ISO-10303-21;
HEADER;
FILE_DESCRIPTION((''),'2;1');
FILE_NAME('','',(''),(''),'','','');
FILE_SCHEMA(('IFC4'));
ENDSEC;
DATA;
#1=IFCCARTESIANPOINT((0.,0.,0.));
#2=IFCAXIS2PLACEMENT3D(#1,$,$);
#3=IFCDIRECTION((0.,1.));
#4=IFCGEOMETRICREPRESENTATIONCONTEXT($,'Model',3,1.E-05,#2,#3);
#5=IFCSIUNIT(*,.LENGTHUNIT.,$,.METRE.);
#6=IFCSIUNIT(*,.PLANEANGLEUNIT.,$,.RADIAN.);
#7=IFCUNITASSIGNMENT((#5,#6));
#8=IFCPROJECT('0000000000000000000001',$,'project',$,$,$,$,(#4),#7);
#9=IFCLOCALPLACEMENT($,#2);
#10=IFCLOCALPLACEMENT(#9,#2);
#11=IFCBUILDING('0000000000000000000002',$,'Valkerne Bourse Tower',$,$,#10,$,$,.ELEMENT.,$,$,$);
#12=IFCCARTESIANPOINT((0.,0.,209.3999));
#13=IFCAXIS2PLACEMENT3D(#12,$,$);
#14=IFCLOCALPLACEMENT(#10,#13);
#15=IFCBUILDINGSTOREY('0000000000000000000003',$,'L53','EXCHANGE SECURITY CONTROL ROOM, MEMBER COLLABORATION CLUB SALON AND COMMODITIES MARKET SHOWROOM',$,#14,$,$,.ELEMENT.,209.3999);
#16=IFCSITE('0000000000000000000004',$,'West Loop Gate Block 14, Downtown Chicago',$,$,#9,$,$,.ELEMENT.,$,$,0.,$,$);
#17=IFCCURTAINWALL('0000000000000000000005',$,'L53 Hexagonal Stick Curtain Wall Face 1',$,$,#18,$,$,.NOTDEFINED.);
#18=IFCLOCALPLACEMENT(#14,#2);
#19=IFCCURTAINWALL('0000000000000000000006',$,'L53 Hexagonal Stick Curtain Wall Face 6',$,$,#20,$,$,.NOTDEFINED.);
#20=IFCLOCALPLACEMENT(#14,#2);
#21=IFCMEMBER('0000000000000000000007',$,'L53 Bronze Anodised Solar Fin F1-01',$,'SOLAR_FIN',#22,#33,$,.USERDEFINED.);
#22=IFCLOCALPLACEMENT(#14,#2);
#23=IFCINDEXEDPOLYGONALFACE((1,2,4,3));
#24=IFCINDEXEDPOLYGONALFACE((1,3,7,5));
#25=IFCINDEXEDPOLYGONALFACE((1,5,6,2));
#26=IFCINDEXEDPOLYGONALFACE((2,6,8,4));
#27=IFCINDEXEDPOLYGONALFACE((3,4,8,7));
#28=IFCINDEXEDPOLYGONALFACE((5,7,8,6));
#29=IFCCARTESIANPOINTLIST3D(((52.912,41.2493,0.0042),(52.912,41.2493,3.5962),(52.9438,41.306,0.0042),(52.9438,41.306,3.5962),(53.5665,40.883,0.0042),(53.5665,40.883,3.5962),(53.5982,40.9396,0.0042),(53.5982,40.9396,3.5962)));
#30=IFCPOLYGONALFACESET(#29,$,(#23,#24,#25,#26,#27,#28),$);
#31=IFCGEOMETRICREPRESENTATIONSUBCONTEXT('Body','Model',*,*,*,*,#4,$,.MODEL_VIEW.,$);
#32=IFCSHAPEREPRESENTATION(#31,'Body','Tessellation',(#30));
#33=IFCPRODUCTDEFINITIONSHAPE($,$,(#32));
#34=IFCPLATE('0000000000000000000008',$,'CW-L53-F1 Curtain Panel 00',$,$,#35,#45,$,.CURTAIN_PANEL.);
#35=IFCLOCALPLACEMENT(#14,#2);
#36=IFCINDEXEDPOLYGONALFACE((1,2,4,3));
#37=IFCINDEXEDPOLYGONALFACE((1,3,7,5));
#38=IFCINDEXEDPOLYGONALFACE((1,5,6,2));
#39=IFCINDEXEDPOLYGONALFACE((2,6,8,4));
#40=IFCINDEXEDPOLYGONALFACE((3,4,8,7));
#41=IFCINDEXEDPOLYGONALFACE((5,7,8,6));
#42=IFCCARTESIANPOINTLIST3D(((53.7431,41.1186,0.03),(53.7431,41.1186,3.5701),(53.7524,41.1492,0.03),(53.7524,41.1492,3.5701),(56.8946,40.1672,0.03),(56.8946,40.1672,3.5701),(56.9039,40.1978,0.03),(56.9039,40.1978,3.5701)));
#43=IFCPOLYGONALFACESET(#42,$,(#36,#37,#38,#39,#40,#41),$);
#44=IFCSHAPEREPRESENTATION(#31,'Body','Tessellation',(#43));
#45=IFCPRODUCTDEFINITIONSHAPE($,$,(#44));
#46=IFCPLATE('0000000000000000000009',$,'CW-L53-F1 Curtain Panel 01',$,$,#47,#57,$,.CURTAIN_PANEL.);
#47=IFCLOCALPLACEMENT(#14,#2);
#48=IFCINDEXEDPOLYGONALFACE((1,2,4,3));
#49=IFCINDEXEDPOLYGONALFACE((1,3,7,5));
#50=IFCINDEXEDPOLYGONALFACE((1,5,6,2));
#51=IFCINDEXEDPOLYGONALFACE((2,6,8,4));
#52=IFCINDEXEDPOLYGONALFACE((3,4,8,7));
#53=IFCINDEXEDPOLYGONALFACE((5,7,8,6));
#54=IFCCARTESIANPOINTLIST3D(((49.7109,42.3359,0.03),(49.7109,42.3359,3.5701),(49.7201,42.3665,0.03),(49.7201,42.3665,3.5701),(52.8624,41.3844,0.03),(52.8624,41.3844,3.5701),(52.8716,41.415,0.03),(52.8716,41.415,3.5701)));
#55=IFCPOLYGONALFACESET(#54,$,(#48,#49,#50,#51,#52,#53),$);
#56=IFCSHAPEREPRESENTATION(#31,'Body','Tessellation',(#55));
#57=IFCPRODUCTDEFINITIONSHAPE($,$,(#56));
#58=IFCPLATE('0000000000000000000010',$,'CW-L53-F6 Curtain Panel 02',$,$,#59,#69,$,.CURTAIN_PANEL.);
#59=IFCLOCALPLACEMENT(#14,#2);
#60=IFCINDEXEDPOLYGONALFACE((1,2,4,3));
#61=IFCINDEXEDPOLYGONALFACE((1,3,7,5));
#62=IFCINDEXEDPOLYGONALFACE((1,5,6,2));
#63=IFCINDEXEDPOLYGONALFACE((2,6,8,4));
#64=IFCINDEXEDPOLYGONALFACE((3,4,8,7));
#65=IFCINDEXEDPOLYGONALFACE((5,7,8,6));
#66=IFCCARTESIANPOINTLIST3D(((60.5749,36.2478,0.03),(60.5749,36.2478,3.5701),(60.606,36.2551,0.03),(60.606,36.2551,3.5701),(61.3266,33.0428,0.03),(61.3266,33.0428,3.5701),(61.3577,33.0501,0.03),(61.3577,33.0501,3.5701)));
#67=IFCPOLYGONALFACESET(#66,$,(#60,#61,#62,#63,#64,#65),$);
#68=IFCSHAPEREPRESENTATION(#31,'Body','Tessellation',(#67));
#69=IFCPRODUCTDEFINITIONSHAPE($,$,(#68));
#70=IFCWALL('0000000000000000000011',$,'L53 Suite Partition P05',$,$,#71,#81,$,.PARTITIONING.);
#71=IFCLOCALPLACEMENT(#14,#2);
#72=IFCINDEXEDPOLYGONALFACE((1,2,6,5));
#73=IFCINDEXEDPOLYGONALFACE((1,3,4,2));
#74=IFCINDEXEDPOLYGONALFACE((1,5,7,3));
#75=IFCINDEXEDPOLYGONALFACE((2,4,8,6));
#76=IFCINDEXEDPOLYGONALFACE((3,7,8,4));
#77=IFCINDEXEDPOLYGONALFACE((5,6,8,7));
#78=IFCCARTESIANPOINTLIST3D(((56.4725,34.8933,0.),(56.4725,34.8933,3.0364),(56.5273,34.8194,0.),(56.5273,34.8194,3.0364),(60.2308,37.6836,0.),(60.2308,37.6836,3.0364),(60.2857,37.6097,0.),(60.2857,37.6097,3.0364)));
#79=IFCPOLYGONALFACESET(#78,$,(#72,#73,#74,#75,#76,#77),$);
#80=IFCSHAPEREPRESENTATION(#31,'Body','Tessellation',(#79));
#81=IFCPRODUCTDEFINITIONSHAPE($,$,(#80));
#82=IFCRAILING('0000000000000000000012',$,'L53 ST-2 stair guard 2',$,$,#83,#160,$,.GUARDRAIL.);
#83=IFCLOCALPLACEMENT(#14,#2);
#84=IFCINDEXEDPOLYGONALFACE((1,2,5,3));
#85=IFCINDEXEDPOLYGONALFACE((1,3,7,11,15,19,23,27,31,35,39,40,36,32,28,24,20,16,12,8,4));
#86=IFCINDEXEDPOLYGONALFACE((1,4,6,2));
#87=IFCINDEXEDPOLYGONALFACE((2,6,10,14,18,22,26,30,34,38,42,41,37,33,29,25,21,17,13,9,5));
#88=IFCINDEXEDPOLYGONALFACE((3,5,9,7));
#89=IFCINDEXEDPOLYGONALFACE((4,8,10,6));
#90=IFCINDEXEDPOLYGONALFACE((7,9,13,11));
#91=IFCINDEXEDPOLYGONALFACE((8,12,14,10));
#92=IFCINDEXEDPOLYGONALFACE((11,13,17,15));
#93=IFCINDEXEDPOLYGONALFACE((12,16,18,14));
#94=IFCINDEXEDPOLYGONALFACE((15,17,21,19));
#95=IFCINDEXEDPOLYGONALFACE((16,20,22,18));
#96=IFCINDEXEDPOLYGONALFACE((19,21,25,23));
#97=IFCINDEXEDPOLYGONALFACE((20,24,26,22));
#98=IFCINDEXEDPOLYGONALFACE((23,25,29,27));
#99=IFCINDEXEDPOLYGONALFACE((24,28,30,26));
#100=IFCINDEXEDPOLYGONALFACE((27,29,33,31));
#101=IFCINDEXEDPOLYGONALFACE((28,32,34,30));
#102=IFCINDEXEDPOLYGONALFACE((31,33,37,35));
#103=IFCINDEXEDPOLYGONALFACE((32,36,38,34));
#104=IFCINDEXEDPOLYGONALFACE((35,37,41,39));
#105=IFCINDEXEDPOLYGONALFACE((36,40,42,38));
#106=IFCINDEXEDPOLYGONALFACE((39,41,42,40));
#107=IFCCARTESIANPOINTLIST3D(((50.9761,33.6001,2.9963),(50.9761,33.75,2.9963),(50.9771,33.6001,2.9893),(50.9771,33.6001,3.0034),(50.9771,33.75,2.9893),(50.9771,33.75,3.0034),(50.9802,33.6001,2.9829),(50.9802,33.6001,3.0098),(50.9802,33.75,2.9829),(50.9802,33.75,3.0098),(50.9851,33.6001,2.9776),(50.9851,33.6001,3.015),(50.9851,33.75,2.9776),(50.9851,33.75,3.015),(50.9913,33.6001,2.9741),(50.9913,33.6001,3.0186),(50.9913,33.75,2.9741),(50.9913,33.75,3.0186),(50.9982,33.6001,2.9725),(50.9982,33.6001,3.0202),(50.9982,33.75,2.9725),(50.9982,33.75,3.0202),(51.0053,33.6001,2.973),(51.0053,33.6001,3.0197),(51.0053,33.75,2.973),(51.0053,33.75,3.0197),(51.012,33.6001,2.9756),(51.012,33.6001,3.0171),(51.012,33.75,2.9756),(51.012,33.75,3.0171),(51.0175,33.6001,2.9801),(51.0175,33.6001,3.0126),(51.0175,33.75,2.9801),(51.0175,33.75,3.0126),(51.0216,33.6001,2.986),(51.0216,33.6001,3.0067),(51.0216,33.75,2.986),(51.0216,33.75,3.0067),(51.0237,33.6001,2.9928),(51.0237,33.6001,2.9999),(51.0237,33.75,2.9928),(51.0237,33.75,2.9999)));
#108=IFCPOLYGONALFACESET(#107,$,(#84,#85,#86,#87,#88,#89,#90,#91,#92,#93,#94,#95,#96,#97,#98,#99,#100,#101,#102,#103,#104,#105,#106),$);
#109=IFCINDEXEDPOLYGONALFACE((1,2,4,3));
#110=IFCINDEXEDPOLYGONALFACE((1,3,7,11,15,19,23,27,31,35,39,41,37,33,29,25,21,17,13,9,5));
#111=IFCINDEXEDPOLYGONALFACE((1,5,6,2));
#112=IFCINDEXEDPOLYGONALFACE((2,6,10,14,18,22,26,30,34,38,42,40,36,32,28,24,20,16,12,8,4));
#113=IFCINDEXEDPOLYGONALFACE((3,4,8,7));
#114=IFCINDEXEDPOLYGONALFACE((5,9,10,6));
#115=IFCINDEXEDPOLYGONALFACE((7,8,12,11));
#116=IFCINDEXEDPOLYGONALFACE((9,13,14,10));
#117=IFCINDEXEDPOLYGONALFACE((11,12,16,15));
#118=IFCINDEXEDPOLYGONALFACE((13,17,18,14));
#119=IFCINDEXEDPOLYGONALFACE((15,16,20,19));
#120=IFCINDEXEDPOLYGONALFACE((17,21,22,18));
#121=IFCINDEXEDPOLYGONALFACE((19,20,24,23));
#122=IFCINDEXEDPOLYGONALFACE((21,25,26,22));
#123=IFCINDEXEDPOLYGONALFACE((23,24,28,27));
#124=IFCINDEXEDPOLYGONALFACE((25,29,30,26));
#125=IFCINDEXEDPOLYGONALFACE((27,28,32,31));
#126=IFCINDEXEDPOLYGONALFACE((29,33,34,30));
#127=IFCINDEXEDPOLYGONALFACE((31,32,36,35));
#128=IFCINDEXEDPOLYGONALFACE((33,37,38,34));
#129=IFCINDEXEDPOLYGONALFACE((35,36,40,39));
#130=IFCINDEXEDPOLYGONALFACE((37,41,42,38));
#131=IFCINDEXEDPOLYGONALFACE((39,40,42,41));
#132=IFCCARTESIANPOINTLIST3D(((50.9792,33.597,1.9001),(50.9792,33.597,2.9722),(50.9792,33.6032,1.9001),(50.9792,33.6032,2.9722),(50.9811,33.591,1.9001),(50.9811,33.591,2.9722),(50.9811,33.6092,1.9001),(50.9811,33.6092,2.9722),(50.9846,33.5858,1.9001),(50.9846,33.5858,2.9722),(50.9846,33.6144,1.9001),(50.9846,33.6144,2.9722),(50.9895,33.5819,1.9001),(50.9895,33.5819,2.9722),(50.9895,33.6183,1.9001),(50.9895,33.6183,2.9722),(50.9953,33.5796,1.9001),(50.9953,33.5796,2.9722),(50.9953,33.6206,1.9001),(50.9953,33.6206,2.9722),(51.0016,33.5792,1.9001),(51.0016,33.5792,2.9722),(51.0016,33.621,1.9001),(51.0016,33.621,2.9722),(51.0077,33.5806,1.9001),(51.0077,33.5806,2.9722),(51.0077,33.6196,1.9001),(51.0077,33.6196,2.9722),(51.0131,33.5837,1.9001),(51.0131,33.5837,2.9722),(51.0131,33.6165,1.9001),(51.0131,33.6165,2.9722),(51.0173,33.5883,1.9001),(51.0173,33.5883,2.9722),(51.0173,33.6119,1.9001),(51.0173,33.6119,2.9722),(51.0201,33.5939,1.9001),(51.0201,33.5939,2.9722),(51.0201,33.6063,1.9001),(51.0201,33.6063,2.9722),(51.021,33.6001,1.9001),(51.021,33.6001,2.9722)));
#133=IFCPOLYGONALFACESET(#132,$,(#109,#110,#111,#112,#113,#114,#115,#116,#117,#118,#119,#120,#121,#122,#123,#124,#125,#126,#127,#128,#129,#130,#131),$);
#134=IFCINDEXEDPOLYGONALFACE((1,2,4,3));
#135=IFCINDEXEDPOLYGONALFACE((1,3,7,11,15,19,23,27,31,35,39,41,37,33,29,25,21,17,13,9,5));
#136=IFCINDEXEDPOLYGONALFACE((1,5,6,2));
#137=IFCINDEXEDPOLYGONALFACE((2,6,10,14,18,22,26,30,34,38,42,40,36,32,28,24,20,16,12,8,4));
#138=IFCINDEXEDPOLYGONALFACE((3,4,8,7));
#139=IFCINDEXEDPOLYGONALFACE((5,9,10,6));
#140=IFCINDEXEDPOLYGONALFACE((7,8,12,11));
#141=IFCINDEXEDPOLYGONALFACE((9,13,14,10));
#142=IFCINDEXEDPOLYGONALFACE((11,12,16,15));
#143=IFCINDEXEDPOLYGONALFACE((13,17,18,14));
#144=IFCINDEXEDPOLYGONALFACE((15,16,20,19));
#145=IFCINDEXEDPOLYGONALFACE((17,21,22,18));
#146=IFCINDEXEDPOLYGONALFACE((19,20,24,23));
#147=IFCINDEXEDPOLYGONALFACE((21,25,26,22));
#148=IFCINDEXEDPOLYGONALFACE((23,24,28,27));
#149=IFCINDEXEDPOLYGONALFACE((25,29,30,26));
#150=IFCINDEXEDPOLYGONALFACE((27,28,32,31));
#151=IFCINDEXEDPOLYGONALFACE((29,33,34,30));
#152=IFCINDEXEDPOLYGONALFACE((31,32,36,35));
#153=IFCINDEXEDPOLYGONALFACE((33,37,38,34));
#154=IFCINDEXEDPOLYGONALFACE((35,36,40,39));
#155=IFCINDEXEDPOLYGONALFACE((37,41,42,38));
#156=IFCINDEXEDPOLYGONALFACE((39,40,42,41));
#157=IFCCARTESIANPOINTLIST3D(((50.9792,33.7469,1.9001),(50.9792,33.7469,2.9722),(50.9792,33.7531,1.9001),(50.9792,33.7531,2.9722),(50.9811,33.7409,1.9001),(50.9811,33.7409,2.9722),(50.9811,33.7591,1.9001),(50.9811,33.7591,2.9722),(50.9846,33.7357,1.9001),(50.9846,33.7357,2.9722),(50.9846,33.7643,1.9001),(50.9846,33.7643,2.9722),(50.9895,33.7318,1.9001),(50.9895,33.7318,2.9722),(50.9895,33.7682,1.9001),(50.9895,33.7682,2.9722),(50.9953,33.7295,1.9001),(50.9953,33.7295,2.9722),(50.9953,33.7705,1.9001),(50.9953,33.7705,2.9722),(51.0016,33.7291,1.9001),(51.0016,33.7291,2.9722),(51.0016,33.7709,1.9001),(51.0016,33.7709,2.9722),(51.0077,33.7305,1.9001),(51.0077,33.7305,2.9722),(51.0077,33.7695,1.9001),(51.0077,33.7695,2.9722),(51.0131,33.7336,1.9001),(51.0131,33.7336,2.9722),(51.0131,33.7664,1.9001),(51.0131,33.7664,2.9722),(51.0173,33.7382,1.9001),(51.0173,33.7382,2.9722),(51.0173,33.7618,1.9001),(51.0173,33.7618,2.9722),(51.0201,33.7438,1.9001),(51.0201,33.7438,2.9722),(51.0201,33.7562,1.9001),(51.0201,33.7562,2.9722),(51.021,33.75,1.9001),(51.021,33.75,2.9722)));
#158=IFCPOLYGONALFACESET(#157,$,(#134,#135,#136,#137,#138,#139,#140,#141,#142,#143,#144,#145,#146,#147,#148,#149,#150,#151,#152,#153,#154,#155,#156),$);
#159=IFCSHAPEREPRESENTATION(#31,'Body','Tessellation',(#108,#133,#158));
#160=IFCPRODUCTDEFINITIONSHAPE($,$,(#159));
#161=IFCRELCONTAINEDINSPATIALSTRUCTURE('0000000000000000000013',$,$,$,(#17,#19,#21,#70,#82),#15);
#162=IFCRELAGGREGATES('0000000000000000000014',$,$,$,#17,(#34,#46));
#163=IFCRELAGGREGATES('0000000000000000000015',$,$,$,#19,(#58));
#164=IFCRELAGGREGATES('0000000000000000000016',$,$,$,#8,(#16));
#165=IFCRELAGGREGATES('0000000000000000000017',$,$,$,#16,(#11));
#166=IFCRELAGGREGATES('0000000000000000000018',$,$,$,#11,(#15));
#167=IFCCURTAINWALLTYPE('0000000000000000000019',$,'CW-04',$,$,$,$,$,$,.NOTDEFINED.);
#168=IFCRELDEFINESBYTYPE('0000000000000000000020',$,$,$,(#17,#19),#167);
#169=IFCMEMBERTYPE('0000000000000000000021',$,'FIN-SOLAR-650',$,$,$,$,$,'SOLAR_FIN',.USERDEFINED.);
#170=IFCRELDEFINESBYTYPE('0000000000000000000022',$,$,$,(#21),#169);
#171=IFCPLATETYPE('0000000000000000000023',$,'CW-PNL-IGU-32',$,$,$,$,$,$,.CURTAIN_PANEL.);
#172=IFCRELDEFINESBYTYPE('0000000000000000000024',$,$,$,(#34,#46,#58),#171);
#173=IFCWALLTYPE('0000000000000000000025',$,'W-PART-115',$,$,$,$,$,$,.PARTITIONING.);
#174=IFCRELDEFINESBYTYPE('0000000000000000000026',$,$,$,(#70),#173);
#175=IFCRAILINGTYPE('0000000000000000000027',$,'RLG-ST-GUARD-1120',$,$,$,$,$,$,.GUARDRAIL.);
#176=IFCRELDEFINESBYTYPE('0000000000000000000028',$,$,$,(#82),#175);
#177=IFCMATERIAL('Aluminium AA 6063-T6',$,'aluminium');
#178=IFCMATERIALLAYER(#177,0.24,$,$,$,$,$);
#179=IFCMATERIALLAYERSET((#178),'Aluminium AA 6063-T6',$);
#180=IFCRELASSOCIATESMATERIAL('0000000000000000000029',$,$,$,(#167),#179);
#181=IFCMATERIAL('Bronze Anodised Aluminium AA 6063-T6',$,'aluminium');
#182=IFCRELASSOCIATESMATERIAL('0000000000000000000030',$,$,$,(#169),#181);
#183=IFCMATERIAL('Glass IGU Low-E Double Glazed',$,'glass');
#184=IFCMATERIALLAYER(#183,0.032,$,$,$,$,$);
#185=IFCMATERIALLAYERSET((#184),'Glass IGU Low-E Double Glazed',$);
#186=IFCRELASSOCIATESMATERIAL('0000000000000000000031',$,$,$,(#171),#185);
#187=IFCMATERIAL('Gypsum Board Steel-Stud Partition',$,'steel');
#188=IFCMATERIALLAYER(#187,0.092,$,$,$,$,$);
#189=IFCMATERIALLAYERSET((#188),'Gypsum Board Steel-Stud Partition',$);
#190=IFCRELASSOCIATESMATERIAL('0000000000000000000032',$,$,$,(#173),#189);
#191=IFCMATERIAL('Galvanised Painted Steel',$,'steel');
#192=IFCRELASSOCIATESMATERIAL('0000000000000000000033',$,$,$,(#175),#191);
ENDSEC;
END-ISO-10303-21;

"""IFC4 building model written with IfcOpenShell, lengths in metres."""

from ifc_helpers import new_model, si_unit, direction, frame, frame_2d, origin, origin_2d, place, context, subcontext, project, spatial, rectangle, circle, extrude, material, layer, layer_set, material_profile, profile_set, type_object, element, aggregate, save


model = new_model("IFC4")

# Units and contexts
model_context = context("Model", 3, precision=1e-05, world=origin(), true_north=direction((0.0, 1.0)))
body_context = subcontext(model_context, "Body", "Model", "MODEL_VIEW")
ifc_project = project(units=[si_unit("LENGTHUNIT", "METRE"), si_unit("PLANEANGLEUNIT", "RADIAN")], contexts=[model_context])

# Site, building, storey
site_placement = place(None, origin())
site = spatial("IfcSite", under=ifc_project, at=site_placement, Name="West Loop Gate Block 14, Downtown Chicago", CompositionType="ELEMENT", RefElevation=0.0)
building_placement = place(site_placement, origin())
building = spatial("IfcBuilding", under=site, at=building_placement, Name="Valkerne Bourse Tower", CompositionType="ELEMENT")
storey_placement = place(building_placement, frame((0.0, 0.0, 209.3999)))
storey = spatial("IfcBuildingStorey", under=building, at=storey_placement, Name="L53", Description="EXCHANGE SECURITY CONTROL ROOM, MEMBER COLLABORATION CLUB SALON AND COMMODITIES MARKET SHOWROOM", CompositionType="ELEMENT", Elevation=209.3999)

# Curtain wall
ifc_material_1 = material(Name="Aluminium AA 6063-T6", Category="aluminium")
ifc_layer_1 = layer(ifc_material_1, 0.24)
ifc_layer_set_1 = layer_set([ifc_layer_1], Name="Aluminium AA 6063-T6")
curtain_wall_type = type_object("IfcCurtainWallType", Name="CW-04", PredefinedType="NOTDEFINED", material=ifc_layer_set_1)
curtain_wall_1_placement = place(storey_placement, origin())
curtain_wall_1 = element("IfcCurtainWall", 1, at=curtain_wall_1_placement, inside=storey, type_object=curtain_wall_type, Name="L53 Hexagonal Stick Curtain Wall Face 1", PredefinedType="NOTDEFINED")

# Curtain wall
curtain_wall_2_placement = place(storey_placement, origin())
curtain_wall_2 = element("IfcCurtainWall", 2, at=curtain_wall_2_placement, inside=storey, type_object=curtain_wall_type, Name="L53 Hexagonal Stick Curtain Wall Face 6", PredefinedType="NOTDEFINED")

# Member
ifc_material_2 = material(Name="Bronze Anodised Aluminium AA 6063-T6", Category="aluminium")
ifc_material_profile_1 = material_profile(ifc_material_2, rectangle(XDim=0.0649, YDim=0.75, at=origin_2d()), Name="FIN-65X750")
ifc_profile_set_1 = profile_set([ifc_material_profile_1], Name="Bronze Anodised Aluminium AA 6063-T6")
member_type_1 = type_object("IfcMemberType", Name="FIN-SOLAR-650", ElementType="SOLAR_FIN", PredefinedType="USERDEFINED", material=ifc_profile_set_1)
member_1_placement = place(storey_placement, frame((53.2551, 41.0945, 0.0042), z_axis=(0.0, 0.0, 1.0), x_axis=(0.48848, 0.872575, 0.0)))
element("IfcMember", 3, at=member_1_placement, inside=storey, type_object=member_type_1, Name="L53 Bronze Anodised Solar Fin F1-01", ObjectType="SOLAR_FIN", PredefinedType="USERDEFINED", context=body_context, shape_type="SweptSolid", body=[
    extrude(rectangle(XDim=0.0649, YDim=0.75, at=origin_2d()), origin(), (0.0, 0.0, 1.0), 3.592),
])

# Plates
ifc_material_3 = material(Name="Glass IGU Low-E Double Glazed", Category="glass")
ifc_layer_2 = layer(ifc_material_3, 0.032)
ifc_layer_set_2 = layer_set([ifc_layer_2], Name="Glass IGU Low-E Double Glazed")
plate_type = type_object("IfcPlateType", Name="CW-PNL-IGU-32", PredefinedType="CURTAIN_PANEL", material=ifc_layer_set_2)
plate_1_placement = place(storey_placement, frame((55.3235, 40.6582, 0.03), z_axis=(0.0, 0.0, 1.0), x_axis=(-0.957321, 0.289027, 0.0)))
plate_1 = element("IfcPlate", 4, at=plate_1_placement, type_object=plate_type, Name="CW-L53-F1 Curtain Panel 00", PredefinedType="CURTAIN_PANEL", context=body_context, shape_type="SweptSolid", body=[
    extrude(rectangle(XDim=3.292, YDim=0.032, at=origin_2d()), origin(), (0.0, 0.0, 1.0), 3.54),
])
plate_2_placement = place(storey_placement, frame((51.2913, 41.8755, 0.03), z_axis=(0.0, 0.0, 1.0), x_axis=(-0.957319, 0.289033, 0.0)))
plate_2 = element("IfcPlate", 5, at=plate_2_placement, type_object=plate_type, Name="CW-L53-F1 Curtain Panel 01", PredefinedType="CURTAIN_PANEL", context=body_context, shape_type="SweptSolid", body=[
    extrude(rectangle(XDim=3.292, YDim=0.032, at=origin_2d()), origin(), (0.0, 0.0, 1.0), 3.54),
])
aggregate(curtain_wall_1, [plate_1, plate_2])
plate_3_placement = place(storey_placement, frame((60.9663, 34.6489, 0.03), z_axis=(0.0, 0.0, 1.0), x_axis=(-0.228349, 0.973579, 0.0)))
plate_3 = element("IfcPlate", 6, at=plate_3_placement, type_object=plate_type, Name="CW-L53-F6 Curtain Panel 02", PredefinedType="CURTAIN_PANEL", context=body_context, shape_type="SweptSolid", body=[
    extrude(rectangle(XDim=3.292, YDim=0.032, at=origin_2d()), origin(), (0.0, 0.0, 1.0), 3.54),
])
aggregate(curtain_wall_2, [plate_3])

# Wall
ifc_material_4 = material(Name="Gypsum Board Steel-Stud Partition", Category="steel")
ifc_layer_3 = layer(ifc_material_4, 0.092)
ifc_layer_set_3 = layer_set([ifc_layer_3], Name="Gypsum Board Steel-Stud Partition")
wall_type = type_object("IfcWallType", Name="W-PART-115", PredefinedType="PARTITIONING", material=ifc_layer_set_3)
wall_placement = place(storey_placement, frame((56.5, 34.8564, 0.0), z_axis=(0.0, 0.0, 1.0), x_axis=(0.802907, 0.596104, 0.0)))
element("IfcWall", 7, at=wall_placement, inside=storey, type_object=wall_type, Name="L53 Suite Partition P05", PredefinedType="PARTITIONING", context=body_context, shape_type="SweptSolid", body=[
    extrude(rectangle(XDim=4.6809, YDim=0.092, at=frame_2d((2.3403, 0.0))), origin(), (0.0, 0.0, 1.0), 3.0364),
])

# Railing
ifc_material_5 = material(Name="Galvanised Painted Steel", Category="steel")
railing_type_1 = type_object("IfcRailingType", Name="RLG-ST-GUARD-1120", PredefinedType="GUARDRAIL", material=ifc_material_5)
railing_1_placement = place(storey_placement, frame((51.0, 33.6001, 1.9001)))
element("IfcRailing", 8, at=railing_1_placement, inside=storey, type_object=railing_type_1, Name="L53 ST-2 stair guard 2", PredefinedType="GUARDRAIL", context=body_context, shape_type="SweptSolid", body=[
    extrude(circle(Radius=0.0239, at=origin_2d()), frame((0.0, 0.0, 1.0962), z_axis=(0.0, 1.0, 0.0), x_axis=(-1.0, 0.0, 0.0)), (0.0, 0.0, 1.0), 0.1499),
    extrude(circle(Radius=0.021, at=origin_2d()), origin(), (0.0, 0.0, 1.0), 1.072),
    extrude(circle(Radius=0.021, at=origin_2d()), frame((0.0, 0.1499, 0.0)), (0.0, 0.0, 1.0), 1.072),
])

save(model, "model.ifc")
